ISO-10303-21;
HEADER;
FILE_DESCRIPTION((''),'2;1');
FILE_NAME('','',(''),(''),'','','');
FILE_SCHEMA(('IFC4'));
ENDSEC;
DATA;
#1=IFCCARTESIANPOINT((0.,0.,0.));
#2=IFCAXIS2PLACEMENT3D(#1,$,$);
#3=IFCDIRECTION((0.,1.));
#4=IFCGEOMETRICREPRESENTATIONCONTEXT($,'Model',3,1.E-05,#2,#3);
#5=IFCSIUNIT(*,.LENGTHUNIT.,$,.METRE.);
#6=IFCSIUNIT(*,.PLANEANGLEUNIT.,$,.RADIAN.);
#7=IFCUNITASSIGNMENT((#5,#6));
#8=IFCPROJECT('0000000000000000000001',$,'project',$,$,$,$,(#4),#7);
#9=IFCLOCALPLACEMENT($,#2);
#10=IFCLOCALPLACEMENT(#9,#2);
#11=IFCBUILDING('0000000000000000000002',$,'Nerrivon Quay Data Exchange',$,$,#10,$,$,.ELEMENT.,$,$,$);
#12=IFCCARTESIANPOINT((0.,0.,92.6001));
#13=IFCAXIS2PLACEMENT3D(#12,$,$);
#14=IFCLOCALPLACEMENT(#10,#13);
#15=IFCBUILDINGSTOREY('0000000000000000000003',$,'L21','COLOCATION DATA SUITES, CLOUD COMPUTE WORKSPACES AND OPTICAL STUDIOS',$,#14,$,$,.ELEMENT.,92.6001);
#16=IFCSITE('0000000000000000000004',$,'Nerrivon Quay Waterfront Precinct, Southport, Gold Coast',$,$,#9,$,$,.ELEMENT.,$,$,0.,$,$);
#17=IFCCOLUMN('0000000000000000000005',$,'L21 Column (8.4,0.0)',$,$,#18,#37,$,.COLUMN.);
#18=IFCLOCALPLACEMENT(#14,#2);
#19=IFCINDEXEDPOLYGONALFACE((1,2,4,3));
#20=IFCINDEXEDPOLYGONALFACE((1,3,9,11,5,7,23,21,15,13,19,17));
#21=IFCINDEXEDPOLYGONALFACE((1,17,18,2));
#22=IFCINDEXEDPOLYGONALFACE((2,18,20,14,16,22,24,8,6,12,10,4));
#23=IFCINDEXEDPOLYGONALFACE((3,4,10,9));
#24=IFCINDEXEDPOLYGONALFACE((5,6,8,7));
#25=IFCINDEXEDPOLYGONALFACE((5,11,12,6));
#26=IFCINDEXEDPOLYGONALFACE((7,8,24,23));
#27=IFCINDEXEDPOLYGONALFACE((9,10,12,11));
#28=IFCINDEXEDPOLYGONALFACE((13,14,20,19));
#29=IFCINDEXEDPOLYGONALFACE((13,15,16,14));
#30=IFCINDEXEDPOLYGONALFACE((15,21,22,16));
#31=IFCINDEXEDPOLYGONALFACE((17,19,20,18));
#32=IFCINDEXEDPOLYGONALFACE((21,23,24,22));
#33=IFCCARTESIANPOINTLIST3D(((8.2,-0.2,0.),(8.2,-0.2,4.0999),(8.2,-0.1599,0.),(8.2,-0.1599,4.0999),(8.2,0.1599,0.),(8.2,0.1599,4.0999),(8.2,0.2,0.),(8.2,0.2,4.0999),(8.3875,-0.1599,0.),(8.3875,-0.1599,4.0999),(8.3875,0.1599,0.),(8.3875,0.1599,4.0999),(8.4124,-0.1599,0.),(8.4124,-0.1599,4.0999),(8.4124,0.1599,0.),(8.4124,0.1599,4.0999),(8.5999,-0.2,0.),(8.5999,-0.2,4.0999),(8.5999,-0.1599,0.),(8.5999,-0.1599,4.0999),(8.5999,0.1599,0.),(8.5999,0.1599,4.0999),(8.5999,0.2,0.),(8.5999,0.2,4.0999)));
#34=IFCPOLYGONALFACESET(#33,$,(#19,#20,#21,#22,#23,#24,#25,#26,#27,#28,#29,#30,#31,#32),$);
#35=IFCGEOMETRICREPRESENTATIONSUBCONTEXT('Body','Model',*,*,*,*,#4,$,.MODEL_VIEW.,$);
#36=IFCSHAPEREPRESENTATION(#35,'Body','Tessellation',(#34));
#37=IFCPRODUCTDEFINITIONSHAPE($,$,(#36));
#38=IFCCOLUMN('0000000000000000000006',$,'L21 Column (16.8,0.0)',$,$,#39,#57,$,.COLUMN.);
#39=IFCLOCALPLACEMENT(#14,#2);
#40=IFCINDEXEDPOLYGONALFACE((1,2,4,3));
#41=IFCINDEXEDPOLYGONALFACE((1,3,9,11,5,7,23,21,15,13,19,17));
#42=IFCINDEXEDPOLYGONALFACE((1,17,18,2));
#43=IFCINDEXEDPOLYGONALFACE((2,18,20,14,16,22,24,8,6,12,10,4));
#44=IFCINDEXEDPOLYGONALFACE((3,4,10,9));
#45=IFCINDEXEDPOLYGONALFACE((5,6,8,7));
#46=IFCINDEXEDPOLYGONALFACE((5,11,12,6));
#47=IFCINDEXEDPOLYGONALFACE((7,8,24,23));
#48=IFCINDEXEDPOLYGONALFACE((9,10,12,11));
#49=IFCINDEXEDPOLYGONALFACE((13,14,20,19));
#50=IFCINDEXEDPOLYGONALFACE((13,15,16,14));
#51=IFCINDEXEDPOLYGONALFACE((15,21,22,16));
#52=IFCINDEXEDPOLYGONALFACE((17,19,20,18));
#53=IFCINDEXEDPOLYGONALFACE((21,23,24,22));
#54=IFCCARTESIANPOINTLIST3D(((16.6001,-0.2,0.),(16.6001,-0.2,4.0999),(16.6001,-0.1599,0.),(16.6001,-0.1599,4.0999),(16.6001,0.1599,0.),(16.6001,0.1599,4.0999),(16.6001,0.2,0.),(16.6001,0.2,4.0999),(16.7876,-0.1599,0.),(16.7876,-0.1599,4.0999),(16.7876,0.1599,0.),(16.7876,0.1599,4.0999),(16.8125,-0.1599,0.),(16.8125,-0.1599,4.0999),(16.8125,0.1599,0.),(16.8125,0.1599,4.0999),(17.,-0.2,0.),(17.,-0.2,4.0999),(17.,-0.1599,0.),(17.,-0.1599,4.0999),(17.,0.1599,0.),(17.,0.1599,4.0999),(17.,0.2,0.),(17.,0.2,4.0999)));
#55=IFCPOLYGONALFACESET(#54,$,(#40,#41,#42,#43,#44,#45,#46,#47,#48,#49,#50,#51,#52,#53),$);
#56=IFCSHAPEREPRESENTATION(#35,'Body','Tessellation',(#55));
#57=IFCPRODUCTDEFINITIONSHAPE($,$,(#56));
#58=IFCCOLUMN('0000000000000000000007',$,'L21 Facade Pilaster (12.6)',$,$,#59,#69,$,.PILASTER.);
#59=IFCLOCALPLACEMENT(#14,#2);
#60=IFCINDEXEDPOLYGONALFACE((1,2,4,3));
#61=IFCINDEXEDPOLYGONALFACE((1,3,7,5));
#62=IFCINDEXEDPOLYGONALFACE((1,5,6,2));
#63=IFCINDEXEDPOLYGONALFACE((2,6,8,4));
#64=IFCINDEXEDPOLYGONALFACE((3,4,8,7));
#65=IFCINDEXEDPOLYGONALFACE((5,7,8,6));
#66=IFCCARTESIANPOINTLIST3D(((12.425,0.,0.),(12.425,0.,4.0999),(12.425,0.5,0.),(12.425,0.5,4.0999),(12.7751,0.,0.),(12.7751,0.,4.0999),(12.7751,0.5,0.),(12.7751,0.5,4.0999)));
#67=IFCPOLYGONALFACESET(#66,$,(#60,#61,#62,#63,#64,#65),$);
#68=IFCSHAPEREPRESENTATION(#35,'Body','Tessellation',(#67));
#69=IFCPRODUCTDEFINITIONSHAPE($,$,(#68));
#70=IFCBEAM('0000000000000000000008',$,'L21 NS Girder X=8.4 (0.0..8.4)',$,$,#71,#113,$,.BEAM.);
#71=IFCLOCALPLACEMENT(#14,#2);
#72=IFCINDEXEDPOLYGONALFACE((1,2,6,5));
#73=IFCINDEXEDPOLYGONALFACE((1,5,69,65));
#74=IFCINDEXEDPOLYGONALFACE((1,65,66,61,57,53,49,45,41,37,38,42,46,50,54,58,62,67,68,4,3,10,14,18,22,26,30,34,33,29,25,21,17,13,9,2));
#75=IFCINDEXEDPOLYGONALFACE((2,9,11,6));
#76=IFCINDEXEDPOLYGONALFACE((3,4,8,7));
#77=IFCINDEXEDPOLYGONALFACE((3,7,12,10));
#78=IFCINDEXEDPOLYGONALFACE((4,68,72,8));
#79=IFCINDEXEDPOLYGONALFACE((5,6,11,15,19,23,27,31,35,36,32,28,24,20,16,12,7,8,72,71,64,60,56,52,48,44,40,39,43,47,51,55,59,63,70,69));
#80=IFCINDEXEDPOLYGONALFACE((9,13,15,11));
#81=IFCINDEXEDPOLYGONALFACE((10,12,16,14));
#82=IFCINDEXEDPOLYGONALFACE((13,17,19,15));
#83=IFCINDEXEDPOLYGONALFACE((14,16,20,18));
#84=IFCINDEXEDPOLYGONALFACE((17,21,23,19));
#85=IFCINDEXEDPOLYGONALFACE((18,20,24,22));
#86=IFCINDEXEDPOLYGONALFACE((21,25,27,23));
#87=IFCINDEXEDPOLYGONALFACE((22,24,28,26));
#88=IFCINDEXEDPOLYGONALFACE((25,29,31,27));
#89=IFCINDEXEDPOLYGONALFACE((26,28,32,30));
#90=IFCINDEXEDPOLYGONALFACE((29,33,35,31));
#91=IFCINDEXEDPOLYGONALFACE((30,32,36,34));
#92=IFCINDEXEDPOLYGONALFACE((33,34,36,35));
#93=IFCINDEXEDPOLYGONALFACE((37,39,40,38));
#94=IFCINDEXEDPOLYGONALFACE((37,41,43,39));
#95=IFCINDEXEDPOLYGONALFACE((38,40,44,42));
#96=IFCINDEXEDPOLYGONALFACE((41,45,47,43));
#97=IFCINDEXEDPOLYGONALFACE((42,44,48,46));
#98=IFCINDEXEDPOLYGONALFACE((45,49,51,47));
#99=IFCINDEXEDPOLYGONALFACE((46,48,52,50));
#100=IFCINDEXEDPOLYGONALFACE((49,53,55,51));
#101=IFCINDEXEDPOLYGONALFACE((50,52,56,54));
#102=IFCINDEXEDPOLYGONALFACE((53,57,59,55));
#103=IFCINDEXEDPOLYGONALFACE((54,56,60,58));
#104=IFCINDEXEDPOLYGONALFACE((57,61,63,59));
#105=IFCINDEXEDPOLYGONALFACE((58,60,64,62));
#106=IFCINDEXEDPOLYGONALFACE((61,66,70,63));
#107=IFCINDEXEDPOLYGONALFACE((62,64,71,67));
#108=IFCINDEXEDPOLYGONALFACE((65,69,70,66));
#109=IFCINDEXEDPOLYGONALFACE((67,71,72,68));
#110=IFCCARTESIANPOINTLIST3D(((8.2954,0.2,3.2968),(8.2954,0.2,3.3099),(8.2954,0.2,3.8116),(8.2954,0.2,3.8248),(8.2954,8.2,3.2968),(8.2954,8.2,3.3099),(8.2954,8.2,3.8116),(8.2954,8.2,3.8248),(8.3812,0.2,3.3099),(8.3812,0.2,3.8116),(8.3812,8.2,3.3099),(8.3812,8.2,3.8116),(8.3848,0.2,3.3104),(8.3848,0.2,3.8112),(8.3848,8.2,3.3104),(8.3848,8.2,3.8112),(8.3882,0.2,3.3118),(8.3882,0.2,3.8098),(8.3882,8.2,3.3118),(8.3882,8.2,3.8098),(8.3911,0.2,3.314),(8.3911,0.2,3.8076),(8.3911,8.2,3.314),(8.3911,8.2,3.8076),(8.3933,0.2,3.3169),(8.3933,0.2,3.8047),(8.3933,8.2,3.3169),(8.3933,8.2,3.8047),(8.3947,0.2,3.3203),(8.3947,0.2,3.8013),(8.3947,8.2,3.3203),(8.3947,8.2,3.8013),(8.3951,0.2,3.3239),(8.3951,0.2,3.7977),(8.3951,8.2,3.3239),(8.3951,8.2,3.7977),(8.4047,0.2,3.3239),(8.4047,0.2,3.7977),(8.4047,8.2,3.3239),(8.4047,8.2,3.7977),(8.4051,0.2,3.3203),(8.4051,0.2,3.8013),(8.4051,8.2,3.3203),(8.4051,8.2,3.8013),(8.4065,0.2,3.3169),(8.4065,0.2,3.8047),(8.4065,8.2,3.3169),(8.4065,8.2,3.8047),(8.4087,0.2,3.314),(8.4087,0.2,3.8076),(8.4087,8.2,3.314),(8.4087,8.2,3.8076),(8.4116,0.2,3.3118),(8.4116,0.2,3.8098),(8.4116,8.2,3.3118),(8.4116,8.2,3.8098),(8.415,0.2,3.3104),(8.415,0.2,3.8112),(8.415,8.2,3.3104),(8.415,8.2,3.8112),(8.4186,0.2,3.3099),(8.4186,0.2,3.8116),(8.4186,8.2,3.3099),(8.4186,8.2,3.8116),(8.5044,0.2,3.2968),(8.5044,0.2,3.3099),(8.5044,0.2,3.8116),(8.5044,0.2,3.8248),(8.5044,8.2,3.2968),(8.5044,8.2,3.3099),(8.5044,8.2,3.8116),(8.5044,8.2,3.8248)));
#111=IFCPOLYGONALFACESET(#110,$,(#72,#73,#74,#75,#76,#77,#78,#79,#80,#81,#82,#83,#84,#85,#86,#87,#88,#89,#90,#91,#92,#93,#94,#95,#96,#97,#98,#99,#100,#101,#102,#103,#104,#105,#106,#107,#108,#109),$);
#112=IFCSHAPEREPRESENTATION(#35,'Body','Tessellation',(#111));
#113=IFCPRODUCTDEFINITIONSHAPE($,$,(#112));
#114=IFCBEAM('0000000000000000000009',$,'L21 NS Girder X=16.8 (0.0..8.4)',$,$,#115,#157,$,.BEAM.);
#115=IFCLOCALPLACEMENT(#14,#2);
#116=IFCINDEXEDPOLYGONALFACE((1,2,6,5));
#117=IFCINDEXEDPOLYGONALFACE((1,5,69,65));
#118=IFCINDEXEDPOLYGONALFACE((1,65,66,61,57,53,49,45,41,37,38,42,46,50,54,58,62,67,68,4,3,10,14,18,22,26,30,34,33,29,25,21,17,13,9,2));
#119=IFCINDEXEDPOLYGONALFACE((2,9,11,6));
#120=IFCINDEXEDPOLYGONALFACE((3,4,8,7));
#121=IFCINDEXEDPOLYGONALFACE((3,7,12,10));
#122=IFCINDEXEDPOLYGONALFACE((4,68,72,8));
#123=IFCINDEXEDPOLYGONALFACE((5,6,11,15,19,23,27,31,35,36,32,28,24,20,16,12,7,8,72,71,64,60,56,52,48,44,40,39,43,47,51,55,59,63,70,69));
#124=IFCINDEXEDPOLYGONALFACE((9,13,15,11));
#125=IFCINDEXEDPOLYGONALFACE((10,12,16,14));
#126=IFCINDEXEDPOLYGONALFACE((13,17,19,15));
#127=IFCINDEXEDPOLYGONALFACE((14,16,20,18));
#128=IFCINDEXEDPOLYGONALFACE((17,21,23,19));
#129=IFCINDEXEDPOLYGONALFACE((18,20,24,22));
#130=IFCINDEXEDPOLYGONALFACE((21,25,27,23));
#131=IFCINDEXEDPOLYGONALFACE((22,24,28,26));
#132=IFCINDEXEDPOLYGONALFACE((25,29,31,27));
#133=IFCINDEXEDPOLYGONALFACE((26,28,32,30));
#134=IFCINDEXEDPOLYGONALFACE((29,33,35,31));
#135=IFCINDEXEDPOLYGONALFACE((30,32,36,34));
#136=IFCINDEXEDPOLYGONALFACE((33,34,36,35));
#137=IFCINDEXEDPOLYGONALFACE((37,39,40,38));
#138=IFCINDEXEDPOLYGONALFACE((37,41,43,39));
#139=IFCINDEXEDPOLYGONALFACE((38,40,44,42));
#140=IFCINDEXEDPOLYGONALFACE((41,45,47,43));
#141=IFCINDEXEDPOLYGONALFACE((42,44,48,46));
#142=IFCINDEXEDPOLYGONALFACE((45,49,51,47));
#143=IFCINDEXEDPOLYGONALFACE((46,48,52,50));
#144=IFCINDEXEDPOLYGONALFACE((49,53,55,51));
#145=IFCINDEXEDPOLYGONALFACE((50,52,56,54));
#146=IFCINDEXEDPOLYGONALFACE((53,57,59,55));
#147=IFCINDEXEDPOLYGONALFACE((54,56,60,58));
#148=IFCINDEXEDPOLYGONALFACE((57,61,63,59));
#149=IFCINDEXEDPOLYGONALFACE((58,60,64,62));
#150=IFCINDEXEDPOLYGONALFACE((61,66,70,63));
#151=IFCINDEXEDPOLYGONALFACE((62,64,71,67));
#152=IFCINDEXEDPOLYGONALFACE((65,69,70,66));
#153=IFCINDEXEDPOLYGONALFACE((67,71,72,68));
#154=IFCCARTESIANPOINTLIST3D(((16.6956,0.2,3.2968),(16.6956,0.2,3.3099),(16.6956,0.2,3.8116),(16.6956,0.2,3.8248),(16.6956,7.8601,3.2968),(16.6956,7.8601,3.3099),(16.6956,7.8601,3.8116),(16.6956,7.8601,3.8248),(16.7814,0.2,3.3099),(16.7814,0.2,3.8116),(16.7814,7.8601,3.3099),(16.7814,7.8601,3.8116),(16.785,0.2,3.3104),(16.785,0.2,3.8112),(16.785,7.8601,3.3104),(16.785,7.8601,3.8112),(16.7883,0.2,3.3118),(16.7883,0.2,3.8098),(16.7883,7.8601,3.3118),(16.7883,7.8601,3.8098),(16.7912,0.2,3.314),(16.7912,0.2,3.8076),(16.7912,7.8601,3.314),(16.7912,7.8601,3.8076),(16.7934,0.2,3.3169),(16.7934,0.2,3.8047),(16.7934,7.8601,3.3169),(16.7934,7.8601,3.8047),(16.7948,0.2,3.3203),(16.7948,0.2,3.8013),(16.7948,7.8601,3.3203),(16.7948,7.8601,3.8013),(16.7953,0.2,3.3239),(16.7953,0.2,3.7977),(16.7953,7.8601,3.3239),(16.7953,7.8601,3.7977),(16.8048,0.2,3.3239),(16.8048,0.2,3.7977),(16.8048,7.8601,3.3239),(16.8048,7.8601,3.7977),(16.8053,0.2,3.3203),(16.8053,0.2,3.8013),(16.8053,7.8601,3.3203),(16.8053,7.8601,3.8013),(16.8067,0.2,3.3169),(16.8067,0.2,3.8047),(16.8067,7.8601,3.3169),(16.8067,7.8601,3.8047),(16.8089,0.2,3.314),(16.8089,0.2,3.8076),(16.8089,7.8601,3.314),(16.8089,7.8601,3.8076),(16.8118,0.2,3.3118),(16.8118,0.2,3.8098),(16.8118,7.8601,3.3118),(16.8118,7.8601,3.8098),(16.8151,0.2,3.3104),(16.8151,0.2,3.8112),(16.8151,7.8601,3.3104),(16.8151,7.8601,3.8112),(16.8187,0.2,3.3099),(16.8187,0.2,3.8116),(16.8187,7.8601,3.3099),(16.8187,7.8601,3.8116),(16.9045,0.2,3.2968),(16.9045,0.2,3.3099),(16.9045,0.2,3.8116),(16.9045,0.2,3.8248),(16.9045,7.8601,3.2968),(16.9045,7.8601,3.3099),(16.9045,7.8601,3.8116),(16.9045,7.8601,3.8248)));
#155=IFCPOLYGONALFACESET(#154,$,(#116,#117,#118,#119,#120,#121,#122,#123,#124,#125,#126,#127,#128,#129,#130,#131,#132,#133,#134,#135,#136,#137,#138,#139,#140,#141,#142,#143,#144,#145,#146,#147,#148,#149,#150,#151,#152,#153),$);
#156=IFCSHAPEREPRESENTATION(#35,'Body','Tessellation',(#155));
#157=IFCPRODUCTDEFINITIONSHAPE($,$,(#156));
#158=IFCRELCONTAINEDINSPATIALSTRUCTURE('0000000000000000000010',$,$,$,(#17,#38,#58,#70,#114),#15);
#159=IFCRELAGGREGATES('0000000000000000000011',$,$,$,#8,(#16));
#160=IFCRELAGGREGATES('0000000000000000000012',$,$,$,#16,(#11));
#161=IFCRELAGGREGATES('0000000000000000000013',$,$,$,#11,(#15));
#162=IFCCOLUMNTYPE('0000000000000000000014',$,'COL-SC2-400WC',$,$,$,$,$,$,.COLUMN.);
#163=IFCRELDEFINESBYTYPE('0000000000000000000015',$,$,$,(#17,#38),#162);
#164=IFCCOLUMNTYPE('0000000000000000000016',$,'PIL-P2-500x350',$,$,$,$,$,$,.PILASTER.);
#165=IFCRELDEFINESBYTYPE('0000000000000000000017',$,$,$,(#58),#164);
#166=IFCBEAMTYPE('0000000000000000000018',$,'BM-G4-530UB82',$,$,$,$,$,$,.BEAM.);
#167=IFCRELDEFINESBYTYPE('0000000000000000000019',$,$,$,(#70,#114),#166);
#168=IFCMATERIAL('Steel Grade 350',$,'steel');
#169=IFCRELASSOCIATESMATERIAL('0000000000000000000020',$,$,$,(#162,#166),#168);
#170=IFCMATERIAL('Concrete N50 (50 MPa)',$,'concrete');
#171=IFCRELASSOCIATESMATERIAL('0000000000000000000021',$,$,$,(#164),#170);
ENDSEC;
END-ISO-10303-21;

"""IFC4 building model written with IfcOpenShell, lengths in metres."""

from ifc_helpers import new_model, si_unit, direction, frame, origin, origin_2d, place, context, subcontext, project, spatial, rectangle, i_section, extrude, material, material_profile, profile_set, type_object, element, save


model = new_model("IFC4")

# Units and contexts
model_context = context("Model", 3, precision=1e-05, world=origin(), true_north=direction((0.0, 1.0)))
body_context = subcontext(model_context, "Body", "Model", "MODEL_VIEW")
ifc_project = project(units=[si_unit("LENGTHUNIT", "METRE"), si_unit("PLANEANGLEUNIT", "RADIAN")], contexts=[model_context])

# Site, building, storey
site_placement = place(None, origin())
site = spatial("IfcSite", under=ifc_project, at=site_placement, Name="Nerrivon Quay Waterfront Precinct, Southport, Gold Coast", CompositionType="ELEMENT", RefElevation=0.0)
building_placement = place(site_placement, origin())
building = spatial("IfcBuilding", under=site, at=building_placement, Name="Nerrivon Quay Data Exchange", CompositionType="ELEMENT")
storey_placement = place(building_placement, frame((0.0, 0.0, 92.6001)))
storey = spatial("IfcBuildingStorey", under=building, at=storey_placement, Name="L21", Description="COLOCATION DATA SUITES, CLOUD COMPUTE WORKSPACES AND OPTICAL STUDIOS", CompositionType="ELEMENT", Elevation=92.6001)

# Columns
ifc_material_1 = material(Name="Steel Grade 350", Category="steel")
ifc_material_profile_1 = material_profile(ifc_material_1, i_section(OverallWidth=0.3999, OverallDepth=0.3999, WebThickness=0.0249, FlangeThickness=0.04, at=origin_2d()), Name="400WC328")
ifc_profile_set_1 = profile_set([ifc_material_profile_1], Name="Steel Grade 350")
column_type_1 = type_object("IfcColumnType", Name="COL-SC2-400WC", PredefinedType="COLUMN", material=ifc_profile_set_1)
for number, where, z_axis, x_axis, name in (
    (1, (8.3999, 0.0, 0.0), (0.0, 0.0, 1.0), (1.0, 0.0, 0.0), "L21 Column (8.4,0.0)"),
    (2, (16.8, 0.0, 0.0), (0.0, 0.0, 1.0), (1.0, 0.0, 0.0), "L21 Column (16.8,0.0)"),
):
    element("IfcColumn", number, at=place(storey_placement, frame(where, z_axis=z_axis, x_axis=x_axis)), inside=storey, type_object=column_type_1, Name=name, PredefinedType="COLUMN", context=body_context, shape_type="SweptSolid", body=[
        extrude(i_section(OverallWidth=0.3999, OverallDepth=0.3999, WebThickness=0.0249, FlangeThickness=0.04, at=origin_2d()), origin(), (0.0, 0.0, 1.0), 4.0999),
    ])
ifc_material_2 = material(Name="Concrete N50 (50 MPa)", Category="concrete")
ifc_material_profile_2 = material_profile(ifc_material_2, rectangle(XDim=0.3501, YDim=0.5, at=origin_2d()), Name="RC-PIL-500x350")
ifc_profile_set_2 = profile_set([ifc_material_profile_2], Name="Concrete N50 (50 MPa)")
column_type_2 = type_object("IfcColumnType", Name="PIL-P2-500x350", PredefinedType="PILASTER", material=ifc_profile_set_2)
column_placement = place(storey_placement, frame((12.6001, 0.25, 0.0), z_axis=(0.0, 0.0, 1.0), x_axis=(1.0, 0.0, 0.0)))
element("IfcColumn", 3, at=column_placement, inside=storey, type_object=column_type_2, Name="L21 Facade Pilaster (12.6)", PredefinedType="PILASTER", context=body_context, shape_type="SweptSolid", body=[
    extrude(rectangle(XDim=0.3501, YDim=0.5, at=origin_2d()), origin(), (0.0, 0.0, 1.0), 4.0999),
])

# Beams
ifc_material_profile_3 = material_profile(ifc_material_1, i_section(OverallWidth=0.209, OverallDepth=0.5281, WebThickness=0.0095, FlangeThickness=0.0132, FilletRadius=0.0139, at=origin_2d()), Name="530UB82.0")
ifc_profile_set_3 = profile_set([ifc_material_profile_3], Name="Steel Grade 350")
beam_type_1 = type_object("IfcBeamType", Name="BM-G4-530UB82", PredefinedType="BEAM", material=ifc_profile_set_3)
beam_1_placement = place(storey_placement, frame((8.3999, 0.2, 3.5608), z_axis=(0.0, 1.0, 0.0), x_axis=(-1.0, 0.0, 0.0)))
element("IfcBeam", 4, at=beam_1_placement, inside=storey, type_object=beam_type_1, Name="L21 NS Girder X=8.4 (0.0..8.4)", PredefinedType="BEAM", context=body_context, shape_type="SweptSolid", body=[
    extrude(i_section(OverallWidth=0.209, OverallDepth=0.5281, WebThickness=0.0095, FlangeThickness=0.0132, FilletRadius=0.0139, at=origin_2d()), origin(), (0.0, 0.0, 1.0), 8.0),
])
beam_2_placement = place(storey_placement, frame((16.8, 0.2, 3.5608), z_axis=(0.0, 1.0, 0.0), x_axis=(-1.0, 0.0, 0.0)))
element("IfcBeam", 5, at=beam_2_placement, inside=storey, type_object=beam_type_1, Name="L21 NS Girder X=16.8 (0.0..8.4)", PredefinedType="BEAM", context=body_context, shape_type="SweptSolid", body=[
    extrude(i_section(OverallWidth=0.209, OverallDepth=0.5281, WebThickness=0.0095, FlangeThickness=0.0132, FilletRadius=0.0139, at=origin_2d()), origin(), (0.0, 0.0, 1.0), 7.6602),
])

save(model, "model.ifc")
